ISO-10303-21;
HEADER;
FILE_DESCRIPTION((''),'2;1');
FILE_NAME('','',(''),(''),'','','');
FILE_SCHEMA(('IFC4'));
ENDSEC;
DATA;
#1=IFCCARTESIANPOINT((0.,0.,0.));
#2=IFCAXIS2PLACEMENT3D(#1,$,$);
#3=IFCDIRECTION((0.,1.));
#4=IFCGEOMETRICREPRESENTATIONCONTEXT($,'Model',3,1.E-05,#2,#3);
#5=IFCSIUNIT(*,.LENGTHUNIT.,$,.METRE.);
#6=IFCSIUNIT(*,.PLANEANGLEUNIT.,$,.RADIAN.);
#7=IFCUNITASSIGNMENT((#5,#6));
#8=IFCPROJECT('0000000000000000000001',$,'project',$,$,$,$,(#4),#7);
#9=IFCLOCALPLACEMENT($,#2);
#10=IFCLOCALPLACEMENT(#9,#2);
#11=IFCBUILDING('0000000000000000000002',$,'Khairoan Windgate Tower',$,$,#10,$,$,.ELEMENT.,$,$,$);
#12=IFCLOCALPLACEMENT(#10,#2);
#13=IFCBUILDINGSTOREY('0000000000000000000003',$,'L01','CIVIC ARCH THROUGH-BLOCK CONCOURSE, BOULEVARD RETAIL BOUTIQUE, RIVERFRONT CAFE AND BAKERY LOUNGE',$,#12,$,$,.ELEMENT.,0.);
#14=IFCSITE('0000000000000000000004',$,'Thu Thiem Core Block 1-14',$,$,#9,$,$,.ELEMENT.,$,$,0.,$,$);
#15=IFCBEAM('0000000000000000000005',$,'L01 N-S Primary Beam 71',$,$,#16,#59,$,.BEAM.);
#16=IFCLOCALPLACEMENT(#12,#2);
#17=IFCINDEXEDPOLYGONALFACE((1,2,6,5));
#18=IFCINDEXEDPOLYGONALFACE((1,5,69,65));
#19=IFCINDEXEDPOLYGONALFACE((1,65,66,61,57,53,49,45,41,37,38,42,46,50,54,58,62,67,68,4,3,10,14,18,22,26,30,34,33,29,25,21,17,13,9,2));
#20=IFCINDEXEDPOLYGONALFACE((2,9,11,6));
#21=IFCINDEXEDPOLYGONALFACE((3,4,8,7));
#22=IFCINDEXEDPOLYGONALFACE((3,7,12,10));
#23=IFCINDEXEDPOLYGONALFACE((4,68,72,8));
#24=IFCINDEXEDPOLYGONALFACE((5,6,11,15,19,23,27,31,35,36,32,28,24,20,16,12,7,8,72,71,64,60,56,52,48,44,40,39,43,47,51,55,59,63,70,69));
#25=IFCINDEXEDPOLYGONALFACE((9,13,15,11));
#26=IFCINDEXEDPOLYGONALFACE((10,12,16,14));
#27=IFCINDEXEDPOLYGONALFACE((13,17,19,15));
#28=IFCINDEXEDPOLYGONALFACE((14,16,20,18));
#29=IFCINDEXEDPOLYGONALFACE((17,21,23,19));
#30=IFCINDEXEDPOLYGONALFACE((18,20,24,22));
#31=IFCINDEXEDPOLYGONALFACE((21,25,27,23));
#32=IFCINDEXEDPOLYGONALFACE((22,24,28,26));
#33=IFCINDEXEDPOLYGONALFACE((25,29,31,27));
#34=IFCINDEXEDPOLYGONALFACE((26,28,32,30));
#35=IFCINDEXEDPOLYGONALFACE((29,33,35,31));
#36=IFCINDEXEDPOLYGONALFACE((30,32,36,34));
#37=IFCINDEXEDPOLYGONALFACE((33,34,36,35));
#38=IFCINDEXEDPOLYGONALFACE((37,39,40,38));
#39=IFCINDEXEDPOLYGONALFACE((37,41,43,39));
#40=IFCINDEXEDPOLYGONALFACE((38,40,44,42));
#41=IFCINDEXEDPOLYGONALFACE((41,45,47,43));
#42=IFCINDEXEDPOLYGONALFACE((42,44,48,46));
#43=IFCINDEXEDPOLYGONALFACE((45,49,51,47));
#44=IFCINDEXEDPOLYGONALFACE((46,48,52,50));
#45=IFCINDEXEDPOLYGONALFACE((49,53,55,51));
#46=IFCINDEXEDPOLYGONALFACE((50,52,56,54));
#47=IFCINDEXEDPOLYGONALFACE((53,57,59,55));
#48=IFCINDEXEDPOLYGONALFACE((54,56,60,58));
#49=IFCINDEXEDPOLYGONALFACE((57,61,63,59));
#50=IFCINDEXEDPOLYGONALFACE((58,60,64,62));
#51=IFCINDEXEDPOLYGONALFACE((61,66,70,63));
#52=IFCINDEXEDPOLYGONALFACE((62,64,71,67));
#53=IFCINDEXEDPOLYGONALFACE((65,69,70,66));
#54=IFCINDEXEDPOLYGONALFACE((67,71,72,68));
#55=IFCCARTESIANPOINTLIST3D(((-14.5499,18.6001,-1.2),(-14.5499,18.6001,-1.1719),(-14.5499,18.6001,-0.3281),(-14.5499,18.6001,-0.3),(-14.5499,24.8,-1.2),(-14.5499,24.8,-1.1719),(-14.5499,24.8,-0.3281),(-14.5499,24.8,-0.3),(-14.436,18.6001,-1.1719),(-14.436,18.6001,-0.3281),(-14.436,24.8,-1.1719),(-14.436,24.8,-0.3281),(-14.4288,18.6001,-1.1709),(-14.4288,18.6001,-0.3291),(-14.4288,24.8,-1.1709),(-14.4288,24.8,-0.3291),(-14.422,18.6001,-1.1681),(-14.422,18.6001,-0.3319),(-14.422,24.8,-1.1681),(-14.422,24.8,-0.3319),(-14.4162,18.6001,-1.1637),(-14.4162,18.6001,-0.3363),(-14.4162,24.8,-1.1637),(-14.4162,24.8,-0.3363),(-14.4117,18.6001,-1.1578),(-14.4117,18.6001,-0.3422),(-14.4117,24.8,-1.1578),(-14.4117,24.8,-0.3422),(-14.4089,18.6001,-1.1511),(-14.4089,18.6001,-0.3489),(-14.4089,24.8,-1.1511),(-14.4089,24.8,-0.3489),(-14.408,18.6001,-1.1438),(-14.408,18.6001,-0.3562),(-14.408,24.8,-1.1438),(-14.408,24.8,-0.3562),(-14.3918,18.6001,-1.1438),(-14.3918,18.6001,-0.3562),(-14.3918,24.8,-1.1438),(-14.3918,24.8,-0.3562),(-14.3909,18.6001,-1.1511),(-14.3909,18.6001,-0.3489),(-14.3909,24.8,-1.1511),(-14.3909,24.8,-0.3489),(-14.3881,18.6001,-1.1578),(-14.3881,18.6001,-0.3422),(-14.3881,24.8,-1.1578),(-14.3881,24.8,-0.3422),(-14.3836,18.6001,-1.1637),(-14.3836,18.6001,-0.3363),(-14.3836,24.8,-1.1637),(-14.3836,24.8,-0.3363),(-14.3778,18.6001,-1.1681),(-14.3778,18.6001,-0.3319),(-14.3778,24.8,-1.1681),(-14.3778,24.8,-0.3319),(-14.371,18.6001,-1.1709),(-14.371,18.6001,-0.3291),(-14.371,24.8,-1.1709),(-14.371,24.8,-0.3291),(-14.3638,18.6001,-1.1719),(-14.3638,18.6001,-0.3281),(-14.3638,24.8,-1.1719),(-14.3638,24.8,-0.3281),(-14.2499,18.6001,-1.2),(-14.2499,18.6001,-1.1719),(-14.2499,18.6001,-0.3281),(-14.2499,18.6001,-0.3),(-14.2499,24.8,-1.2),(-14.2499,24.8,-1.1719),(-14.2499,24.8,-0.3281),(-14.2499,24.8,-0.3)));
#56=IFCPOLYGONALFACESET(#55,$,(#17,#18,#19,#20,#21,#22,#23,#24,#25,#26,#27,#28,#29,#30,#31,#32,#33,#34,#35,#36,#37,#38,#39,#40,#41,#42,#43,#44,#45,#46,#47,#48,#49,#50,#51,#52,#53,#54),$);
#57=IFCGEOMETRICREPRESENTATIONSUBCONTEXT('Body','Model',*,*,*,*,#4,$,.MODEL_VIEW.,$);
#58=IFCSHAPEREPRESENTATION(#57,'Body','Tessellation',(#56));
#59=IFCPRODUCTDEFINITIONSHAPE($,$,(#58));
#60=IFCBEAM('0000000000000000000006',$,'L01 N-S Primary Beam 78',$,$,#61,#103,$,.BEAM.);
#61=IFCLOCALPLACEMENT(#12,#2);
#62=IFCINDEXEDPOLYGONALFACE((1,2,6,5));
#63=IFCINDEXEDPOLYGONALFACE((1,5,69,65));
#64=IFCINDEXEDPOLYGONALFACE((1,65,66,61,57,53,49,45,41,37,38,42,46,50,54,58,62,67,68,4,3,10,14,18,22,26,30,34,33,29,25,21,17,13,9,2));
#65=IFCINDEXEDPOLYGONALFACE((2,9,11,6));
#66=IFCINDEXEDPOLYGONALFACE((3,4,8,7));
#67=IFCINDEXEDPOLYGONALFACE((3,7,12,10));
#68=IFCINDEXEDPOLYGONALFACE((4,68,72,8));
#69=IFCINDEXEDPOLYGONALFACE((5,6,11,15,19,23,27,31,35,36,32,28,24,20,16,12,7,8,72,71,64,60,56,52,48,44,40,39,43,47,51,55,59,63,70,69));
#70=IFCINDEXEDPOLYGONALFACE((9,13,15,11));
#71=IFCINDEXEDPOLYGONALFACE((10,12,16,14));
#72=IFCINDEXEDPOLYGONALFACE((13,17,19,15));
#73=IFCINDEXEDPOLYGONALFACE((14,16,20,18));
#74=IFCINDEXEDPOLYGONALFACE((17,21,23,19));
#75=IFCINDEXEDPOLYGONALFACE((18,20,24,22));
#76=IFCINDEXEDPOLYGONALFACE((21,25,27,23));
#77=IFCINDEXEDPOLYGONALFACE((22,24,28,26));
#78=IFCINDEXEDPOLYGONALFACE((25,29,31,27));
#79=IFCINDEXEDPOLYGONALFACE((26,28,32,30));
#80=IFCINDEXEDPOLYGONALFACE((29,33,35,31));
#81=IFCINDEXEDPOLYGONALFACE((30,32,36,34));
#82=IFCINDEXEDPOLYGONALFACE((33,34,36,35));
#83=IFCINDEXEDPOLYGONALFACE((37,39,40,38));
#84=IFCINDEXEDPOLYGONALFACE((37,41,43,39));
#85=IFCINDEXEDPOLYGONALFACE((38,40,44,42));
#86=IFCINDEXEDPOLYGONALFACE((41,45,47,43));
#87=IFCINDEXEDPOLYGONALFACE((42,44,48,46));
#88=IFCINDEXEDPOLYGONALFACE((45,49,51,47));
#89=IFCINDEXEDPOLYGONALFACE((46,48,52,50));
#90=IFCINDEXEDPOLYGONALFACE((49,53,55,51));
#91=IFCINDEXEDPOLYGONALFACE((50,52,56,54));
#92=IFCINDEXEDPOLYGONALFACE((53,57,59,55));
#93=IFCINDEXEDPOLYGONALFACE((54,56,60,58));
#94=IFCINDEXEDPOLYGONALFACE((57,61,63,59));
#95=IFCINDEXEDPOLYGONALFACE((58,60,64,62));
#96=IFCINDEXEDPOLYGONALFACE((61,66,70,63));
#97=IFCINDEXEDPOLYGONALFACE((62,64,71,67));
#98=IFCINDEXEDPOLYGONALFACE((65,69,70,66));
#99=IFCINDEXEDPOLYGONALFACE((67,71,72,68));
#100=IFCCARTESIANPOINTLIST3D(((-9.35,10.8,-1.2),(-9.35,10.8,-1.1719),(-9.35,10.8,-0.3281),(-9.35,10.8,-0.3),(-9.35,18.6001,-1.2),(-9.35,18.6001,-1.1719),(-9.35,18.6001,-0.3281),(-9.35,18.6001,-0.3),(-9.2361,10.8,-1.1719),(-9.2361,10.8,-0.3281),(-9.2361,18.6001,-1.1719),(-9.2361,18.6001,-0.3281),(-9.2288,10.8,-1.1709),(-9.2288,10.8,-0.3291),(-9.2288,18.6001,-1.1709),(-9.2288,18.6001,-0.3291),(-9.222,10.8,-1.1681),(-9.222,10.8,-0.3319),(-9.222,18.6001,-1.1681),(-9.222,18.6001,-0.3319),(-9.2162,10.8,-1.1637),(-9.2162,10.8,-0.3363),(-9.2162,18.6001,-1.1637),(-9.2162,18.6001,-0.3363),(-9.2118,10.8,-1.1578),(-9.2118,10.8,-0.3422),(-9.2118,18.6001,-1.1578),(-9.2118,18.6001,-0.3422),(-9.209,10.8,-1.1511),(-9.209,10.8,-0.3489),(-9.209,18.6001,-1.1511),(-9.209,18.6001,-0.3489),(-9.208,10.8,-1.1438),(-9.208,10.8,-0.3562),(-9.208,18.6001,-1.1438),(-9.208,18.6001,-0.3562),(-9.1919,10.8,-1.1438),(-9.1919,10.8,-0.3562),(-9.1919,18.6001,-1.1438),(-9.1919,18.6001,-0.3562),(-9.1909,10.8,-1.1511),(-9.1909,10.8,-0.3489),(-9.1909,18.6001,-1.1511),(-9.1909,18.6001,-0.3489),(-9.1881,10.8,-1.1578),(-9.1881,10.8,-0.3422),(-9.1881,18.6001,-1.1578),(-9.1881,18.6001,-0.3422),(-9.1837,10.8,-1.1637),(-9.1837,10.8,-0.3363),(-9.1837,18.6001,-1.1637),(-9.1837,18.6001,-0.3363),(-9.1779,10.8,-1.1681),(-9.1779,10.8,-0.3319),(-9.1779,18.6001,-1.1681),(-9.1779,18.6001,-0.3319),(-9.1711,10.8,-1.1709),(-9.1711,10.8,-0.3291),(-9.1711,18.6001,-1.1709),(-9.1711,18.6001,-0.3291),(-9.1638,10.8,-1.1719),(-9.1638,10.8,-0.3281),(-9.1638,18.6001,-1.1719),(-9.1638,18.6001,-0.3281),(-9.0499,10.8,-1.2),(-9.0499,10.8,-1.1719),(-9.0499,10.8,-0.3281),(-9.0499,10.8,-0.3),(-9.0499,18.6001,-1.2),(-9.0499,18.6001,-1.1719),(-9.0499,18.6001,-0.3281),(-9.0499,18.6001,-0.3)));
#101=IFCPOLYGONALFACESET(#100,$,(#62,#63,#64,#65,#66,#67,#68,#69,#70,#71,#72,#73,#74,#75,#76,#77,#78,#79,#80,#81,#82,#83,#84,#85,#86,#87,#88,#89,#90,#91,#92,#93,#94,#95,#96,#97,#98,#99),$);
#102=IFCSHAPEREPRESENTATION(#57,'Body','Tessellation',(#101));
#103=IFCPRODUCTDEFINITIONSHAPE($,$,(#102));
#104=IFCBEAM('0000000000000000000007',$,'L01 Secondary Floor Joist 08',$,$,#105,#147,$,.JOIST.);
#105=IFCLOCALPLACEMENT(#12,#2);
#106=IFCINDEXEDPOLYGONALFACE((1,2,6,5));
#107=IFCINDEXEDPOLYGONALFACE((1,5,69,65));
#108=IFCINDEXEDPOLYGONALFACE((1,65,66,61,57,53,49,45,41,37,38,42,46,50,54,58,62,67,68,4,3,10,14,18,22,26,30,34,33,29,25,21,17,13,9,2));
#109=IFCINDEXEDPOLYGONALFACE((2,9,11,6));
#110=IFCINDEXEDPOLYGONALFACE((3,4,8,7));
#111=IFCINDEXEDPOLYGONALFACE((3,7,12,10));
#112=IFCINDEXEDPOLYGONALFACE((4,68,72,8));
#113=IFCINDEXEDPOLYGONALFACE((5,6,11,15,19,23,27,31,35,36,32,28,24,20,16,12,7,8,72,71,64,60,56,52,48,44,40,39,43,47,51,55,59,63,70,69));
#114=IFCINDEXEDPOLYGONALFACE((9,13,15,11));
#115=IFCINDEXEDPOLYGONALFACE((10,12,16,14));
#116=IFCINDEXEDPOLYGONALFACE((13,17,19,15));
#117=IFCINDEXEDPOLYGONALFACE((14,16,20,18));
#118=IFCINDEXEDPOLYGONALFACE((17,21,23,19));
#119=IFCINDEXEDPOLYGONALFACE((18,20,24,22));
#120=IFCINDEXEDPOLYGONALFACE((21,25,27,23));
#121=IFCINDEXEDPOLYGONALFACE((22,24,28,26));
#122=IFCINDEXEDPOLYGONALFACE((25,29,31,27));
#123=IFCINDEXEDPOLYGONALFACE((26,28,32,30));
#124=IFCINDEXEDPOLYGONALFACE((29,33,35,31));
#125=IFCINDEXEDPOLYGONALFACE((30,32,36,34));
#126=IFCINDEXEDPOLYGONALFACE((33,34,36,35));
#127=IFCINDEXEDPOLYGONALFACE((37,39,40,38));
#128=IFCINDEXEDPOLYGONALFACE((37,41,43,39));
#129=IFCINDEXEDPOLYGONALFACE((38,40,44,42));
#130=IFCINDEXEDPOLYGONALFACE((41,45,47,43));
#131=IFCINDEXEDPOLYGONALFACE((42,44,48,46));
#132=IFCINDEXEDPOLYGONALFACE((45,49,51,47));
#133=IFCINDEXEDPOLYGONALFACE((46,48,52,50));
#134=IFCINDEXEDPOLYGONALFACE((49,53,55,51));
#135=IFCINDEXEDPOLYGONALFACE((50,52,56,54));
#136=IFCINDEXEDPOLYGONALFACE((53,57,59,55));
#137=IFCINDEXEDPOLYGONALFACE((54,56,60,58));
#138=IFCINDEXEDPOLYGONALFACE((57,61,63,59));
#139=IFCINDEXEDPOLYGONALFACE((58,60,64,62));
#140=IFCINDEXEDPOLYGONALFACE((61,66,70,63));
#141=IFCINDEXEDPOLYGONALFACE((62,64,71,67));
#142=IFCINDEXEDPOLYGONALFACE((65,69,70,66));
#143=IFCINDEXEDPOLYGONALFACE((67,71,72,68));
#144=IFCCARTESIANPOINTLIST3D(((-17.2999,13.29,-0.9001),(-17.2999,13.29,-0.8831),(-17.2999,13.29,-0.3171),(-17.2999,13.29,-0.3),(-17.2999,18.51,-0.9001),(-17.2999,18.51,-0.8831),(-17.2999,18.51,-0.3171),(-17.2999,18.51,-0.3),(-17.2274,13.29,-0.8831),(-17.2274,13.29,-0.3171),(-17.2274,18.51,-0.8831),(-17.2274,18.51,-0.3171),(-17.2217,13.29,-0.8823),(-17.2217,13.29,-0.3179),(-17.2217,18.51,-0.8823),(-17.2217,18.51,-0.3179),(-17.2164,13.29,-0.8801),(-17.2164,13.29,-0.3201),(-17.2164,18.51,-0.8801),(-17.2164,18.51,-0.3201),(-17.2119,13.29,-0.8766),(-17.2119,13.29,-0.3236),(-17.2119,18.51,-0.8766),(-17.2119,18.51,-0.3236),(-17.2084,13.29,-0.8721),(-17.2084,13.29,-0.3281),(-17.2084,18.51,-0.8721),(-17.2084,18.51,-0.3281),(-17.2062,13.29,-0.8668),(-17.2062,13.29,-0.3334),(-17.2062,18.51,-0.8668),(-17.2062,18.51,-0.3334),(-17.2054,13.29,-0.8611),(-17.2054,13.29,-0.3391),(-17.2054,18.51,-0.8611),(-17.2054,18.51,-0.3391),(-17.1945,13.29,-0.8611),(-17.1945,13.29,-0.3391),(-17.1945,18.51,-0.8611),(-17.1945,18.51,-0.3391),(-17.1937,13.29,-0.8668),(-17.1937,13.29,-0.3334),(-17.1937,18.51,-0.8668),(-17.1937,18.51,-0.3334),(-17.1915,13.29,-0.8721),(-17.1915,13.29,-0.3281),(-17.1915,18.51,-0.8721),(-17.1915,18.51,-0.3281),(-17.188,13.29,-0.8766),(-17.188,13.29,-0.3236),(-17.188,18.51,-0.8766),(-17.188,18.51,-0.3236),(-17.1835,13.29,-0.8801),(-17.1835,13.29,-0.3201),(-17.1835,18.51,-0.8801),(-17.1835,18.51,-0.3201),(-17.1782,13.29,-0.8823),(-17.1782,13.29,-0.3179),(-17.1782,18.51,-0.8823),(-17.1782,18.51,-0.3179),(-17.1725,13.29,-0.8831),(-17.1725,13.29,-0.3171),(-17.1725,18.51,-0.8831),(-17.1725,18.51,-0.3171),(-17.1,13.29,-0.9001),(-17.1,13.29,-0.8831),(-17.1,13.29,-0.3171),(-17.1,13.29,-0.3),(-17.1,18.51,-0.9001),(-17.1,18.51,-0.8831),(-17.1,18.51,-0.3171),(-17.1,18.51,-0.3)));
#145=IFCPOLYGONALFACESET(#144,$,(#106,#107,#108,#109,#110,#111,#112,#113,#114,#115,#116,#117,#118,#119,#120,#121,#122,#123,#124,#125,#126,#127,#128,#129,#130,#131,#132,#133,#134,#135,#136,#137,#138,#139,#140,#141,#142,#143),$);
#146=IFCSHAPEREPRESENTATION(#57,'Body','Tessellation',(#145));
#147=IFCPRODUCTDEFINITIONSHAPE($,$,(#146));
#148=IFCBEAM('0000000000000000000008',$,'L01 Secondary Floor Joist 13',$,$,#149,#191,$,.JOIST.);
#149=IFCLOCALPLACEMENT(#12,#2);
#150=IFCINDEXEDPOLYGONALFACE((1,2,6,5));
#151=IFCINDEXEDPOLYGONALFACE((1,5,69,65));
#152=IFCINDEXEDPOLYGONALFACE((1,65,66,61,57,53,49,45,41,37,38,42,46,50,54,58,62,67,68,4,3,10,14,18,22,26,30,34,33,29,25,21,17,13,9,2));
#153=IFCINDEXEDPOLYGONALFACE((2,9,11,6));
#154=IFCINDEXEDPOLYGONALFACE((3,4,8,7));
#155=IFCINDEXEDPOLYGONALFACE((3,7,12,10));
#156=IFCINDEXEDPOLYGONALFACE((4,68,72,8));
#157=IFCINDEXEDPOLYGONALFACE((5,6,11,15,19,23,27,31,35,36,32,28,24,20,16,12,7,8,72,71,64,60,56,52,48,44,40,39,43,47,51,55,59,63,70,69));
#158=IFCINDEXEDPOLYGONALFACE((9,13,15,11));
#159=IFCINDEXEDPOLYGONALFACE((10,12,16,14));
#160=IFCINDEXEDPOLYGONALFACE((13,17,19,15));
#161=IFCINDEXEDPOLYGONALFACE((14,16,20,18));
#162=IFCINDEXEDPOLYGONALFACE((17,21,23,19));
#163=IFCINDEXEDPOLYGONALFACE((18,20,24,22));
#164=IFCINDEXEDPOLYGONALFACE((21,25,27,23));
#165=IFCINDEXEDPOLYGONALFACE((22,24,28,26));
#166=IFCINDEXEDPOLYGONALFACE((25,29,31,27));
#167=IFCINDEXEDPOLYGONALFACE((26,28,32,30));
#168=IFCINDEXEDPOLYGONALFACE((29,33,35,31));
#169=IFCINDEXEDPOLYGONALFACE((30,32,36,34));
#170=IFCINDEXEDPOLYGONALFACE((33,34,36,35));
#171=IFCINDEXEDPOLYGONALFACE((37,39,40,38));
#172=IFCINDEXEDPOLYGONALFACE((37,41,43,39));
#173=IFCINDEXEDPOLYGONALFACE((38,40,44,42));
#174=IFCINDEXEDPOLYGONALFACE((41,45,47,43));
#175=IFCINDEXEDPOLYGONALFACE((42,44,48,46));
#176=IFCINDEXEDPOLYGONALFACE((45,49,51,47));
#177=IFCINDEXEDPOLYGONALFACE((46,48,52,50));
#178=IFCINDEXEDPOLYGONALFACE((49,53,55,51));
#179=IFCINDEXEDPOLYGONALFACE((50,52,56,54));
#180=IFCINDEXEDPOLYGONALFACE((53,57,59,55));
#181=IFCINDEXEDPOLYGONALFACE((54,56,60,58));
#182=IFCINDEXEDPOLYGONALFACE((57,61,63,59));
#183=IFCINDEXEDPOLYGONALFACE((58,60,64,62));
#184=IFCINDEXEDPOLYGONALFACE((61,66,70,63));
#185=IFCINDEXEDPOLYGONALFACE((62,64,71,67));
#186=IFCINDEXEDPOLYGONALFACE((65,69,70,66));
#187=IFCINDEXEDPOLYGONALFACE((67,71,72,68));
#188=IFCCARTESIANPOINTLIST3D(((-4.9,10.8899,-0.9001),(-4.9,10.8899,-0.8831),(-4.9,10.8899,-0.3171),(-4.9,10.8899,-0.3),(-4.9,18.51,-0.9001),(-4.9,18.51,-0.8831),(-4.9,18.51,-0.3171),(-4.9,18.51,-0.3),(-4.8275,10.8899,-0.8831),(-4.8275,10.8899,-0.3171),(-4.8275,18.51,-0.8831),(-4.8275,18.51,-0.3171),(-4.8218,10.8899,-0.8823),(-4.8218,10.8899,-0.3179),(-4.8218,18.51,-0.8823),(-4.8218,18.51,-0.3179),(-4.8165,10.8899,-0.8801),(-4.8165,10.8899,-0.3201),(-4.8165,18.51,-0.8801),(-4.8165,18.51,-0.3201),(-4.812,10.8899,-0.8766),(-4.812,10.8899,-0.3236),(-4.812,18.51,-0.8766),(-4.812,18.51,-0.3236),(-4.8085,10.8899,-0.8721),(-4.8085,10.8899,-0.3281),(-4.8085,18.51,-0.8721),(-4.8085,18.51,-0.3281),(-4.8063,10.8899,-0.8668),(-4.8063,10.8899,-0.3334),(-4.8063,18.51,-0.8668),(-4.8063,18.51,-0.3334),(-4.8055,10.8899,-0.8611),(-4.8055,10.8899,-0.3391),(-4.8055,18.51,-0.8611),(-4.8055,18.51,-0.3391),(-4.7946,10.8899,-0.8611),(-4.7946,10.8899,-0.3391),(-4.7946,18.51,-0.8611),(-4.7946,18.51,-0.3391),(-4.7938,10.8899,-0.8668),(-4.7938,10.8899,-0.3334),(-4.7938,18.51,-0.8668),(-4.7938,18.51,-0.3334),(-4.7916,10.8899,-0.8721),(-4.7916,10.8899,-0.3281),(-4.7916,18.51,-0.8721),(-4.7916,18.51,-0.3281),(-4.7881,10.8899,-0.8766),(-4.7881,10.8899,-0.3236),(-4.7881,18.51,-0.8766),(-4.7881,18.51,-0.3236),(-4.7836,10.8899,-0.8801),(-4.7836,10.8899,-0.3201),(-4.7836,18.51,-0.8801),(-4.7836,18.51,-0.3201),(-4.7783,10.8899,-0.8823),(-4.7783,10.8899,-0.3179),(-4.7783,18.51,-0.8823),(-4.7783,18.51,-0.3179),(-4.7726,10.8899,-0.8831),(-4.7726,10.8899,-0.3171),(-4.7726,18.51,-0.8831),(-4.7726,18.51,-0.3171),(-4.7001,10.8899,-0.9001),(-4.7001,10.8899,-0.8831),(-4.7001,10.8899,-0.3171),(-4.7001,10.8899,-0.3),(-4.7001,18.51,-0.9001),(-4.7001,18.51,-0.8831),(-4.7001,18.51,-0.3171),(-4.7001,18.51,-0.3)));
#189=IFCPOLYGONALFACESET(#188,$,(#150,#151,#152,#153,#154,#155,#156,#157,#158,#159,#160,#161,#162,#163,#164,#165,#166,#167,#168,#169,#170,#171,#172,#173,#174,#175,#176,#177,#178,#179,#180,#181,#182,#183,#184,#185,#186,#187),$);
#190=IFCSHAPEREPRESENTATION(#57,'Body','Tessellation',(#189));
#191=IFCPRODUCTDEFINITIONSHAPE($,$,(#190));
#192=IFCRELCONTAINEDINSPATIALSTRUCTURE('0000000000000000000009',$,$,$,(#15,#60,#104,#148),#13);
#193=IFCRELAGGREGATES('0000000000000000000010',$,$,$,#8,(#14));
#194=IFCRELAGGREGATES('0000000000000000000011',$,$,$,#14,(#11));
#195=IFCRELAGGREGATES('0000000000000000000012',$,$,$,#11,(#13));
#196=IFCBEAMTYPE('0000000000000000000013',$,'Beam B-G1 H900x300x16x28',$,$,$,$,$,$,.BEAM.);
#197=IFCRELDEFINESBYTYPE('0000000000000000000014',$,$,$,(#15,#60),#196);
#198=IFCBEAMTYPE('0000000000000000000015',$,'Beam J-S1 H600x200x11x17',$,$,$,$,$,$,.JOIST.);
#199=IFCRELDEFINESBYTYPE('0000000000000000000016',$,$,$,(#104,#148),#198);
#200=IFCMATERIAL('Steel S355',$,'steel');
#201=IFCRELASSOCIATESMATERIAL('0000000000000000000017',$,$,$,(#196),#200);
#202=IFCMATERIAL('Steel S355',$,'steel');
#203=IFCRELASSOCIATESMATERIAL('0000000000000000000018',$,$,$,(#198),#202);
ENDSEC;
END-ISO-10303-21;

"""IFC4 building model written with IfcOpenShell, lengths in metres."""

from ifc_helpers import new_model, si_unit, direction, frame, origin, origin_2d, place, context, subcontext, project, spatial, i_section, extrude, material, material_profile, profile_set, type_object, element, save


model = new_model("IFC4")

# Units and contexts
model_context = context("Model", 3, precision=1e-05, world=origin(), true_north=direction((0.0, 1.0)))
body_context = subcontext(model_context, "Body", "Model", "MODEL_VIEW")
ifc_project = project(units=[si_unit("LENGTHUNIT", "METRE"), si_unit("PLANEANGLEUNIT", "RADIAN")], contexts=[model_context])

# Site, building, storey
site_placement = place(None, origin())
site = spatial("IfcSite", under=ifc_project, at=site_placement, Name="Thu Thiem Core Block 1-14", CompositionType="ELEMENT", RefElevation=0.0)
building_placement = place(site_placement, origin())
building = spatial("IfcBuilding", under=site, at=building_placement, Name="Khairoan Windgate Tower", CompositionType="ELEMENT")
storey_placement = place(building_placement, origin())
storey = spatial("IfcBuildingStorey", under=building, at=storey_placement, Name="L01", Description="CIVIC ARCH THROUGH-BLOCK CONCOURSE, BOULEVARD RETAIL BOUTIQUE, RIVERFRONT CAFE AND BAKERY LOUNGE", CompositionType="ELEMENT", Elevation=0.0)

# Beams
ifc_material_1 = material(Name="Steel S355", Category="steel")
ifc_material_profile_1 = material_profile(ifc_material_1, i_section(OverallWidth=0.3, OverallDepth=0.8999, WebThickness=0.0161, FlangeThickness=0.0281, FilletRadius=0.0281, at=origin_2d()))
ifc_profile_set_1 = profile_set([ifc_material_profile_1], Name="Steel S355")
beam_type_1 = type_object("IfcBeamType", Name="Beam B-G1 H900x300x16x28", PredefinedType="BEAM", material=ifc_profile_set_1)
beam_1_placement = place(storey_placement, frame((-14.3999, 18.6001, -0.75), z_axis=(0.0, 1.0, 0.0), x_axis=(-1.0, 0.0, 0.0)))
element("IfcBeam", 1, at=beam_1_placement, inside=storey, type_object=beam_type_1, Name="L01 N-S Primary Beam 71", PredefinedType="BEAM", context=body_context, shape_type="SweptSolid", body=[
    extrude(i_section(OverallWidth=0.3, OverallDepth=0.8999, WebThickness=0.0161, FlangeThickness=0.0281, FilletRadius=0.0281, at=origin_2d()), origin(), (0.0, 0.0, 1.0), 6.2),
])
beam_2_placement = place(storey_placement, frame((-9.2, 10.8, -0.75), z_axis=(0.0, 1.0, 0.0), x_axis=(-1.0, 0.0, 0.0)))
element("IfcBeam", 2, at=beam_2_placement, inside=storey, type_object=beam_type_1, Name="L01 N-S Primary Beam 78", PredefinedType="BEAM", context=body_context, shape_type="SweptSolid", body=[
    extrude(i_section(OverallWidth=0.3, OverallDepth=0.8999, WebThickness=0.0161, FlangeThickness=0.0281, FilletRadius=0.0281, at=origin_2d()), origin(), (0.0, 0.0, 1.0), 7.8),
])
ifc_material_2 = material(Name="Steel S355", Category="steel")
ifc_material_profile_2 = material_profile(ifc_material_2, i_section(OverallWidth=0.2, OverallDepth=0.6001, WebThickness=0.011, FlangeThickness=0.0171, FilletRadius=0.022, at=origin_2d()))
ifc_profile_set_2 = profile_set([ifc_material_profile_2], Name="Steel S355")
beam_type_2 = type_object("IfcBeamType", Name="Beam J-S1 H600x200x11x17", PredefinedType="JOIST", material=ifc_profile_set_2)
beam_3_placement = place(storey_placement, frame((-17.2, 13.29, -0.6001), z_axis=(0.0, 1.0, 0.0), x_axis=(-1.0, 0.0, 0.0)))
element("IfcBeam", 3, at=beam_3_placement, inside=storey, type_object=beam_type_2, Name="L01 Secondary Floor Joist 08", PredefinedType="JOIST", context=body_context, shape_type="SweptSolid", body=[
    extrude(i_section(OverallWidth=0.2, OverallDepth=0.6001, WebThickness=0.011, FlangeThickness=0.0171, FilletRadius=0.022, at=origin_2d()), origin(), (0.0, 0.0, 1.0), 5.22),
])
beam_4_placement = place(storey_placement, frame((-4.8, 10.8899, -0.6001), z_axis=(0.0, 1.0, 0.0), x_axis=(-1.0, 0.0, 0.0)))
element("IfcBeam", 4, at=beam_4_placement, inside=storey, type_object=beam_type_2, Name="L01 Secondary Floor Joist 13", PredefinedType="JOIST", context=body_context, shape_type="SweptSolid", body=[
    extrude(i_section(OverallWidth=0.2, OverallDepth=0.6001, WebThickness=0.011, FlangeThickness=0.0171, FilletRadius=0.022, at=origin_2d()), origin(), (0.0, 0.0, 1.0), 7.6201),
])

save(model, "model.ifc")
